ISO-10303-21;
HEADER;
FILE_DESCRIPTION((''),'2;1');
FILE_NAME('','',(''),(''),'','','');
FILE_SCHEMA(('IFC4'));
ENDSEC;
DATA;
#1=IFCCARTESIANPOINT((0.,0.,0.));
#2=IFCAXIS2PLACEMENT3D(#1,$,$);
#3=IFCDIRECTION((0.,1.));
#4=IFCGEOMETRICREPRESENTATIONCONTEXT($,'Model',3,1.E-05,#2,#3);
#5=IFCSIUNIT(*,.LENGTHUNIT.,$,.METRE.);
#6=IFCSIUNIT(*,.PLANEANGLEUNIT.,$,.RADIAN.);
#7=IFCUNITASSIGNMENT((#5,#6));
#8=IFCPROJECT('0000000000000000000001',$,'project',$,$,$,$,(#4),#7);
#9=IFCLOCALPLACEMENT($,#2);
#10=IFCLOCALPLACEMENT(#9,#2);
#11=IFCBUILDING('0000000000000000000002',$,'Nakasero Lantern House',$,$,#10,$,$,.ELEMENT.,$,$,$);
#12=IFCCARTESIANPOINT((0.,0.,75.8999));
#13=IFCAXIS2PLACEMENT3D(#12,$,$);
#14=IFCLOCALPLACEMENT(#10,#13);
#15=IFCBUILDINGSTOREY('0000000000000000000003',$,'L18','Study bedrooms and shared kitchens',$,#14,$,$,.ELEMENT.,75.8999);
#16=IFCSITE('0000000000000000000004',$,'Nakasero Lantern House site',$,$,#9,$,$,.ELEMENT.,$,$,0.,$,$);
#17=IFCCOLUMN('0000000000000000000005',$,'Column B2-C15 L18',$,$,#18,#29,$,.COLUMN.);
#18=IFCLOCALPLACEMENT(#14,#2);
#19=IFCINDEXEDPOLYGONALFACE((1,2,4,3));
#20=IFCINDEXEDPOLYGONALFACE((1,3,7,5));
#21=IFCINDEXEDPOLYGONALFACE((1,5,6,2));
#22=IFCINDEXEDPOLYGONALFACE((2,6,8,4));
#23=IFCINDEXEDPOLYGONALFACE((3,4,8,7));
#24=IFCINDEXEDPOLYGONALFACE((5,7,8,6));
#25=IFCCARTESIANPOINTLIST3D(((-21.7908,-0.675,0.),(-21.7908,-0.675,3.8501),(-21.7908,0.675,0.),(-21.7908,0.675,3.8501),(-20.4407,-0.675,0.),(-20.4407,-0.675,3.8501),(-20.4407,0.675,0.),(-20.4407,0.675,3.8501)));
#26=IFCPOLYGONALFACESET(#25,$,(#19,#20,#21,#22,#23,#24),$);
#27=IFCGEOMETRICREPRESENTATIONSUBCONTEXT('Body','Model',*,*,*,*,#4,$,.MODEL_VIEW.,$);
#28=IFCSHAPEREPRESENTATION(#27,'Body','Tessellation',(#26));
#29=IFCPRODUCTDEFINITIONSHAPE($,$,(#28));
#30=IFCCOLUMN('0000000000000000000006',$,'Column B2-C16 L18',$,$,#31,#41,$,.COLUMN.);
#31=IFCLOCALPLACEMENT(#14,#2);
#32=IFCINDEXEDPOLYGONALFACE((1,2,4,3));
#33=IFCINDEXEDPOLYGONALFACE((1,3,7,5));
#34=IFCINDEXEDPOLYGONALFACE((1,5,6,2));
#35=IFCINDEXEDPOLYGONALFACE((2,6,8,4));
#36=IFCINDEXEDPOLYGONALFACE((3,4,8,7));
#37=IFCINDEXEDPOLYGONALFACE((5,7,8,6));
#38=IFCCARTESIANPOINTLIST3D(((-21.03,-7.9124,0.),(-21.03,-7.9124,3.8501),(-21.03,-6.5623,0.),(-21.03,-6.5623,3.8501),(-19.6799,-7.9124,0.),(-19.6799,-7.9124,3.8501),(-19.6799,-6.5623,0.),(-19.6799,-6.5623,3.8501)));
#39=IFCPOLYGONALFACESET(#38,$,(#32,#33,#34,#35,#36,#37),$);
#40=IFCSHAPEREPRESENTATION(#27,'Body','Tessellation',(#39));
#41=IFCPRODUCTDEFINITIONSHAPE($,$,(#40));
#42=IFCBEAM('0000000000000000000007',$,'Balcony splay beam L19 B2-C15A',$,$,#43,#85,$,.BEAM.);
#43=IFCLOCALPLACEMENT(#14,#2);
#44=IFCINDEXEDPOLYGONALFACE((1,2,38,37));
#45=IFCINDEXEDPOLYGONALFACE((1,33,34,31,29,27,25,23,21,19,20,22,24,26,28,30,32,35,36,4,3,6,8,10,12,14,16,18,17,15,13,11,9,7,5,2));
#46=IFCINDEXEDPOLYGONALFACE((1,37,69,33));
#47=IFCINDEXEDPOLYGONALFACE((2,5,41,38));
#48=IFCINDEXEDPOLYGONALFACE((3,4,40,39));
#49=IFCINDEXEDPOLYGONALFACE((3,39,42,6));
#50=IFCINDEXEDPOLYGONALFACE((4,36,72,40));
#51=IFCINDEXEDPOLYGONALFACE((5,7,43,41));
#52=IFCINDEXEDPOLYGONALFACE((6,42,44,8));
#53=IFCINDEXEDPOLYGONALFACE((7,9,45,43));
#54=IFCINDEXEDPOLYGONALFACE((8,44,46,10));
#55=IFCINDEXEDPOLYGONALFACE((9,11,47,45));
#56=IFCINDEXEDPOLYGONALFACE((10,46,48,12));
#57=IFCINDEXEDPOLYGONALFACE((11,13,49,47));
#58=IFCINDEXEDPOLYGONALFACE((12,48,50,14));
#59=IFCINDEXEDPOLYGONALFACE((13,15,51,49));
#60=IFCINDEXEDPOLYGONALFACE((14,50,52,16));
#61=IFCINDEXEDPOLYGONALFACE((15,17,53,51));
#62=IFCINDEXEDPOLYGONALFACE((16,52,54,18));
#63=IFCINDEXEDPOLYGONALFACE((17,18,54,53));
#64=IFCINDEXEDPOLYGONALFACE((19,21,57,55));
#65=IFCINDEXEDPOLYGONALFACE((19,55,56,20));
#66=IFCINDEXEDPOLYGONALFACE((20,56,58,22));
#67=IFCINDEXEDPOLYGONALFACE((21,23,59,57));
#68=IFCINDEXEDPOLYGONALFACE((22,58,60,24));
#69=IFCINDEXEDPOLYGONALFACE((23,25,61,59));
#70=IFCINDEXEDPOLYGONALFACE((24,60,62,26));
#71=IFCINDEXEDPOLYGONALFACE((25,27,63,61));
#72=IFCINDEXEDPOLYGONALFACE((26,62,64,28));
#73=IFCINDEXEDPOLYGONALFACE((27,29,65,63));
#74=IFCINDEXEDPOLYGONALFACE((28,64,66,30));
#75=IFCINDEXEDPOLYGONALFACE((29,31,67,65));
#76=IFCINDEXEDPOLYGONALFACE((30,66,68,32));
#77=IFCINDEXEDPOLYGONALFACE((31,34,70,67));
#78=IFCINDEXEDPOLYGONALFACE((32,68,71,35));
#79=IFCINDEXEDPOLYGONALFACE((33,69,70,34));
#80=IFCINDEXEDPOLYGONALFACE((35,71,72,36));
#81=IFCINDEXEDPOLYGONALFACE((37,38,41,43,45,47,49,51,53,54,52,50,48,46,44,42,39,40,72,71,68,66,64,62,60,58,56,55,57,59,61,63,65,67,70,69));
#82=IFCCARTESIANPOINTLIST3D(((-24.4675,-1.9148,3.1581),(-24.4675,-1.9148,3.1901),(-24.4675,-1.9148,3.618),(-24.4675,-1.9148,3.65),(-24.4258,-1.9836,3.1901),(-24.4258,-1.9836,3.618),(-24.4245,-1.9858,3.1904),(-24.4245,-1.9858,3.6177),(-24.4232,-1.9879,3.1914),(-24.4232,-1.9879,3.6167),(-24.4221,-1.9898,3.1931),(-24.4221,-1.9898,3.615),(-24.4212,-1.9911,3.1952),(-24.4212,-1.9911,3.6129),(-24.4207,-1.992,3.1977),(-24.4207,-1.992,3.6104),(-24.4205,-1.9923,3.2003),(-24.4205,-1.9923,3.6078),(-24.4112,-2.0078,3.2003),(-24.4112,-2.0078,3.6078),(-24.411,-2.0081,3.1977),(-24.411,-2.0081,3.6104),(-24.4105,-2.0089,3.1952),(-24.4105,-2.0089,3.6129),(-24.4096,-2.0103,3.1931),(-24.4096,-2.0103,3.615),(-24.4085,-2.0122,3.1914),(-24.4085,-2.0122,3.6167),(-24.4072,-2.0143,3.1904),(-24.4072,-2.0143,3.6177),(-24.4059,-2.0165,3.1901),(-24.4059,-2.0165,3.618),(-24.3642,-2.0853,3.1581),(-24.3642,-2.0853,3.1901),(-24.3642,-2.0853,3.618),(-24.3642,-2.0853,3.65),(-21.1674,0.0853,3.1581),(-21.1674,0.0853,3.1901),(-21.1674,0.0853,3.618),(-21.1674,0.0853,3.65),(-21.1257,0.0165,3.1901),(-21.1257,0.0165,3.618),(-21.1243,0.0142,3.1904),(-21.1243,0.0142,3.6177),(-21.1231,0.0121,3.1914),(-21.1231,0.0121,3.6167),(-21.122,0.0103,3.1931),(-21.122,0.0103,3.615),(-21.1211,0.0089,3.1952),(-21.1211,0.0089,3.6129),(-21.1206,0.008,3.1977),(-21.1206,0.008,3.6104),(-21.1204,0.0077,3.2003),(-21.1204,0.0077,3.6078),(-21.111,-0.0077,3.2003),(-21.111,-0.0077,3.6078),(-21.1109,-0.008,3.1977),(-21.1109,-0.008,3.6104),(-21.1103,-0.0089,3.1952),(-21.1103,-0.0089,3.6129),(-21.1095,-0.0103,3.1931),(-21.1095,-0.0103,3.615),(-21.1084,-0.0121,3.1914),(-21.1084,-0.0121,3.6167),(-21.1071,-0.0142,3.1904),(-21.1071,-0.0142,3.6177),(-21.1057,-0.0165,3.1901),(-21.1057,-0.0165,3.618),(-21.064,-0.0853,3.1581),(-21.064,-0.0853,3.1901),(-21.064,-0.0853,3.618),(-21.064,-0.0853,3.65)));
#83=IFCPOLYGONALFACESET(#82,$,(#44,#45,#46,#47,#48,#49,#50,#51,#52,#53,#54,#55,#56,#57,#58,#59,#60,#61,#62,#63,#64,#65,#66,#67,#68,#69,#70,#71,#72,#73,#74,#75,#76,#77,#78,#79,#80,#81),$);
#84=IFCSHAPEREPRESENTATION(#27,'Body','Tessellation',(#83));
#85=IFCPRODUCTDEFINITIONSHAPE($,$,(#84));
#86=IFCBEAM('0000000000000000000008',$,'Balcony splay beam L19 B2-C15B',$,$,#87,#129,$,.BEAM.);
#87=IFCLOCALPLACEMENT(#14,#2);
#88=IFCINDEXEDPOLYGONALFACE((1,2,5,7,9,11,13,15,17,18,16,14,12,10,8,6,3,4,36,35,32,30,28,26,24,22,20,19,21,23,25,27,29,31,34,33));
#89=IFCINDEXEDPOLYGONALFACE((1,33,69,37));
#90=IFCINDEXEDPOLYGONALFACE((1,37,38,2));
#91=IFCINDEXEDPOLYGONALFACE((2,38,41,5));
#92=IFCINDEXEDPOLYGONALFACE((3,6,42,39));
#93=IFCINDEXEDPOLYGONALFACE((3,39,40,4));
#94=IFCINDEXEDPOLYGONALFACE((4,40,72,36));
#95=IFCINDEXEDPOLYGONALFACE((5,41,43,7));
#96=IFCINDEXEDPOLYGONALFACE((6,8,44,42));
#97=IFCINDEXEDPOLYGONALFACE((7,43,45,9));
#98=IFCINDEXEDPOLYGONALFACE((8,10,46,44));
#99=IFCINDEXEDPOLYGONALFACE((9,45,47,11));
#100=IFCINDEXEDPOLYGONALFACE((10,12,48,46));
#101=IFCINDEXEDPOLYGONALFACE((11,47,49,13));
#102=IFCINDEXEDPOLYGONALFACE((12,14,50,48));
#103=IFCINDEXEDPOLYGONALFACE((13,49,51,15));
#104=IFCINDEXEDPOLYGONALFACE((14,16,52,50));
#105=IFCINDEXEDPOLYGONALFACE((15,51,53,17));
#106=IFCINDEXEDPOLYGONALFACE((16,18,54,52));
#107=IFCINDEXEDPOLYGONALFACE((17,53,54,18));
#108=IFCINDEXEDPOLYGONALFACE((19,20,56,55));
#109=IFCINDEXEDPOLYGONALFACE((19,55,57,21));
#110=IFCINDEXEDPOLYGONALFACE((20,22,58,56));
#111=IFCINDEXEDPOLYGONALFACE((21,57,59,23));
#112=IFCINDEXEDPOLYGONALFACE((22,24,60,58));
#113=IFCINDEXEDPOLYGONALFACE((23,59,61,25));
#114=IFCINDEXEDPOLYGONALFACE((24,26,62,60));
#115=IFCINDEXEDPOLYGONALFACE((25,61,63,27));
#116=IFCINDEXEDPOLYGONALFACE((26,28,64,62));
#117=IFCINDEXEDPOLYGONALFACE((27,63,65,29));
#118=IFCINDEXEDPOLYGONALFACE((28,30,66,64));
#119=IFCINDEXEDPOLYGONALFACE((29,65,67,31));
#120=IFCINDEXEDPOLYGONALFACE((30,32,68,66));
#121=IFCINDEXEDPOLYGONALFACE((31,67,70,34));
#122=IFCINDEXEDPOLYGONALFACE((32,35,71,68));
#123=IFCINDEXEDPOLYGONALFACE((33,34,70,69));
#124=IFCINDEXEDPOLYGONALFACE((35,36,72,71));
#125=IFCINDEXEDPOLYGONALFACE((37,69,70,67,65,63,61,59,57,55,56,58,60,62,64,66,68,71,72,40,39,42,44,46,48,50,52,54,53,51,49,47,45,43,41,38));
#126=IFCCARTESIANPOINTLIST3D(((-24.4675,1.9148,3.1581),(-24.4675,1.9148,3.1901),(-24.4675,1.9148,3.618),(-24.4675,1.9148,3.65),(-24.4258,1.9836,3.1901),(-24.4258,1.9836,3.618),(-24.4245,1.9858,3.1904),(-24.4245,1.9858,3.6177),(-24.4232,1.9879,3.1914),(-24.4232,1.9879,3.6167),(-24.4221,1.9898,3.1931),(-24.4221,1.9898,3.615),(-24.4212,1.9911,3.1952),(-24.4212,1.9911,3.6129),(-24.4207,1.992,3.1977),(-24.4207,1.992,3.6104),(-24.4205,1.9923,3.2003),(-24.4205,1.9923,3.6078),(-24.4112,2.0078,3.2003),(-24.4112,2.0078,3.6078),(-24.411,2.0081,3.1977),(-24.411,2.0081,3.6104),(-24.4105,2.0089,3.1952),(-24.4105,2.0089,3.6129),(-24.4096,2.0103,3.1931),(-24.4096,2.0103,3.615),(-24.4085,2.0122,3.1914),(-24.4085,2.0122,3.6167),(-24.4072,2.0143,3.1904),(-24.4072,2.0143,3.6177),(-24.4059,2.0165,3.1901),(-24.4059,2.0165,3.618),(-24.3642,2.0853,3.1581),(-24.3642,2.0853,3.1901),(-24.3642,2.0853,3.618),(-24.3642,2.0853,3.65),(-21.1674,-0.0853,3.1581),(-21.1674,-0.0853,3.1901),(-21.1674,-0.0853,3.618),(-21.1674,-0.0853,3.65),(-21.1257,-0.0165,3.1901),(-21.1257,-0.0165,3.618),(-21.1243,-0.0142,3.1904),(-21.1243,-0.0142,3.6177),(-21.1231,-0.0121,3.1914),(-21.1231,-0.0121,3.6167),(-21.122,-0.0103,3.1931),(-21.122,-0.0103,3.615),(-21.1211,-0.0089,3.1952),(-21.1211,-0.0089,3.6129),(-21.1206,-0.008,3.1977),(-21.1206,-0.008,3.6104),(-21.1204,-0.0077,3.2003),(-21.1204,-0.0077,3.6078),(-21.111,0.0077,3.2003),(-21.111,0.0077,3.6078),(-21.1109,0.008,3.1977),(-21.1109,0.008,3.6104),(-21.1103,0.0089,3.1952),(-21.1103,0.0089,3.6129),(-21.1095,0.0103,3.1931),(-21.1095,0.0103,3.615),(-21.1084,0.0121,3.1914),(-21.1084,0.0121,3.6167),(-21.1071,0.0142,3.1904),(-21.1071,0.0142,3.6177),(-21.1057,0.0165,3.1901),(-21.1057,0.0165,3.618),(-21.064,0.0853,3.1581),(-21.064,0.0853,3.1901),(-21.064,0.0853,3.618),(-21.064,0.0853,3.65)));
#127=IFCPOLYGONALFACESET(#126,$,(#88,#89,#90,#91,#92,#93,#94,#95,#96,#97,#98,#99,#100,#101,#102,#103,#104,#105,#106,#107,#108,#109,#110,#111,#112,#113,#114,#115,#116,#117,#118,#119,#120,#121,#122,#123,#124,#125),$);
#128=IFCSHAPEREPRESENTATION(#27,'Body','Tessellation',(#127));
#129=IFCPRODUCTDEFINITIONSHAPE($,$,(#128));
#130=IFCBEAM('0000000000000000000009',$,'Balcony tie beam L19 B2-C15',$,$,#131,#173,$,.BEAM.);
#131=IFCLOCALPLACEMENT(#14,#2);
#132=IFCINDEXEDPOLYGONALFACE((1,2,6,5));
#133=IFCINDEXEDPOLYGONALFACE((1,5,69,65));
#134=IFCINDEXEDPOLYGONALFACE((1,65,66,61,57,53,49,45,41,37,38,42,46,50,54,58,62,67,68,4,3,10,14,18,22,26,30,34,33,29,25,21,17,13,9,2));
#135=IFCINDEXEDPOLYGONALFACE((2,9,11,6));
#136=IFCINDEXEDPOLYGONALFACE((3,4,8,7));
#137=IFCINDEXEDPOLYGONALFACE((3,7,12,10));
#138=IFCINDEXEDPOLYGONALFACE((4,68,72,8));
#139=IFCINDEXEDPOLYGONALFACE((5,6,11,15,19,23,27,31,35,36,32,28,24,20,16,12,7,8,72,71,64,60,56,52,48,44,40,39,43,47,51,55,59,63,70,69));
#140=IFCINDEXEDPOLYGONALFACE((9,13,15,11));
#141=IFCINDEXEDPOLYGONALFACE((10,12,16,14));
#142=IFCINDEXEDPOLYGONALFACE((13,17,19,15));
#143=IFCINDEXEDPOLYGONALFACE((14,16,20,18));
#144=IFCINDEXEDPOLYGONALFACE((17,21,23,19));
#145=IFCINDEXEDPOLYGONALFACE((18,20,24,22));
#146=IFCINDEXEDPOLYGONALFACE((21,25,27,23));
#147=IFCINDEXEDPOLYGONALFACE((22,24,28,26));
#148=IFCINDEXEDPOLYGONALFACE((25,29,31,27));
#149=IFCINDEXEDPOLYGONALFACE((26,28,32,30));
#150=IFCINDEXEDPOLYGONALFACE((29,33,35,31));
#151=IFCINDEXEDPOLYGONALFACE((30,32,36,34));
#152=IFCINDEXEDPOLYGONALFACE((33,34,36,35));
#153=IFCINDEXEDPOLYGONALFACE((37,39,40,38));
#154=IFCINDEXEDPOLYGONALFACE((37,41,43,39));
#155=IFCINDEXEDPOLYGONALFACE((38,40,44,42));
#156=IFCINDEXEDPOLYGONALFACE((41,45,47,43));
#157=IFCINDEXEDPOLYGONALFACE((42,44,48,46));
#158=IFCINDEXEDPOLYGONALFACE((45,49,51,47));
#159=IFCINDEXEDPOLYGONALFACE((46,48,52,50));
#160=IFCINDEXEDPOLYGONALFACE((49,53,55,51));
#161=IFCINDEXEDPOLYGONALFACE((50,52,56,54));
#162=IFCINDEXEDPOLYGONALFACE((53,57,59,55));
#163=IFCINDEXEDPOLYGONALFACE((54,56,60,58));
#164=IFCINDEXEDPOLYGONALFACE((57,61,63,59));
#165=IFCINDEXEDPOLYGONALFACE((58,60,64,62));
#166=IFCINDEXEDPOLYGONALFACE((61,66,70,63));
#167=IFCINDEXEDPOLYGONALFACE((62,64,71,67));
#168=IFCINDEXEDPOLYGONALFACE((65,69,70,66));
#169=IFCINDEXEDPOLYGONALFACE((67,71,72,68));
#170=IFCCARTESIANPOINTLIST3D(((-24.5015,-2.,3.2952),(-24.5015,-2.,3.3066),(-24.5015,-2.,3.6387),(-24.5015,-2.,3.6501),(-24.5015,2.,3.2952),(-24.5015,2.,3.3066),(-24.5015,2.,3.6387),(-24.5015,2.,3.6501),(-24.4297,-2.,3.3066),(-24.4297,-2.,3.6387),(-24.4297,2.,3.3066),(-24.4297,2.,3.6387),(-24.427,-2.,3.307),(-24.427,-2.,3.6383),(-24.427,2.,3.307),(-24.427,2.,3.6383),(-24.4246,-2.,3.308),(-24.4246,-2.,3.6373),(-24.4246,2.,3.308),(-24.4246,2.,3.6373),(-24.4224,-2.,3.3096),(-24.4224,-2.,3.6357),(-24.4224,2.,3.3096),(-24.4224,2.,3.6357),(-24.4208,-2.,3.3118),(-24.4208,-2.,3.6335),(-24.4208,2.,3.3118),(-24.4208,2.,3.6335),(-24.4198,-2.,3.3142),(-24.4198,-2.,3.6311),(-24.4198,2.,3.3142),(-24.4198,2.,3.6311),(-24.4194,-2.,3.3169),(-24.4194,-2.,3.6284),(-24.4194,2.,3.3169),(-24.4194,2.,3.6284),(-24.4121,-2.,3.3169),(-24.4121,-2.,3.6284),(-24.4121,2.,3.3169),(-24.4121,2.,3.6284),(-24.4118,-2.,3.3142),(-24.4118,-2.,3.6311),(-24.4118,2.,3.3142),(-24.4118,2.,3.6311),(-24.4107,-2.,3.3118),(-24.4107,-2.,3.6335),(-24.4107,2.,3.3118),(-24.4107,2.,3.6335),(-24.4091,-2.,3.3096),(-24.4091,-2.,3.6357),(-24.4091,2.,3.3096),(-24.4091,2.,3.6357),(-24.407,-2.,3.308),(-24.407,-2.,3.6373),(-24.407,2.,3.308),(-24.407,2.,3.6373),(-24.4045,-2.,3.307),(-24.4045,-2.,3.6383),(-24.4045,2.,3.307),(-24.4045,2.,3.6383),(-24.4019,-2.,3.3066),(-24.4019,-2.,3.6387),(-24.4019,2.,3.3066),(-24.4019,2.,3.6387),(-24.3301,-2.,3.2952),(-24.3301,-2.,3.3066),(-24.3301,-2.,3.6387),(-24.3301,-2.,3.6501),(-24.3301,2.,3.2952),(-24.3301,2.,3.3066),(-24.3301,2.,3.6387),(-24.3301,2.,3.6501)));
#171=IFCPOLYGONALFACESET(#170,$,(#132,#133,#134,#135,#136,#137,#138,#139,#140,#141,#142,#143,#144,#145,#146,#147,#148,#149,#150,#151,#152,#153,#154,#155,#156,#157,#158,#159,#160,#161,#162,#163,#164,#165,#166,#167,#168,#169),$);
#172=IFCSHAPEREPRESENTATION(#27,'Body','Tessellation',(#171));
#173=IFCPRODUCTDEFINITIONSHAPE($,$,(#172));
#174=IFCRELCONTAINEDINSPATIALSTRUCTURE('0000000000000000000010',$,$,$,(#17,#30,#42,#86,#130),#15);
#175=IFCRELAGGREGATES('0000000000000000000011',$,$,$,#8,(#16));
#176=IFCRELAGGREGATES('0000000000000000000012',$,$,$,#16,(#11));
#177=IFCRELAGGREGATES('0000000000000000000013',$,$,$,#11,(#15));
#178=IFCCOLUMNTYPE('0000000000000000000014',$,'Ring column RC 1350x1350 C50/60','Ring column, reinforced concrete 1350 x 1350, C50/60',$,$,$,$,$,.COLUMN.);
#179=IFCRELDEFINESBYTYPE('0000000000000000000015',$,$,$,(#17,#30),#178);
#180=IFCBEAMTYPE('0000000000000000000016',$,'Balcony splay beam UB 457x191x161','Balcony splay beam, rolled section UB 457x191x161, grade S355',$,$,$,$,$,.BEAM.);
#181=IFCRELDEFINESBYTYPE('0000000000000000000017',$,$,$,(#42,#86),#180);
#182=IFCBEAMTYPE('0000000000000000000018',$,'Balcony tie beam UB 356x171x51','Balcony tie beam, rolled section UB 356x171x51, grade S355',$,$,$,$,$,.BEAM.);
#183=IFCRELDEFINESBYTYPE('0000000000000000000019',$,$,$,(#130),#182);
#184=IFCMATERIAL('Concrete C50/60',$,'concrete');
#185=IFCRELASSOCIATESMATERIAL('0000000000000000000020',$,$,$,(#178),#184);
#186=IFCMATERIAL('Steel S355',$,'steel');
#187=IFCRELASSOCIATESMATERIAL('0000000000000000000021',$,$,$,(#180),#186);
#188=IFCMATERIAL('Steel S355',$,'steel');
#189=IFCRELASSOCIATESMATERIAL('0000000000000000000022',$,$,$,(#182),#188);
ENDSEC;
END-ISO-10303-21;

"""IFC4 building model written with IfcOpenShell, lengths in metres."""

from ifc_helpers import new_model, si_unit, direction, frame, origin, origin_2d, place, context, subcontext, project, spatial, rectangle, i_section, extrude, material, material_profile, profile_set, type_object, element, save


model = new_model("IFC4")

# Units and contexts
model_context = context("Model", 3, precision=1e-05, world=origin(), true_north=direction((0.0, 1.0)))
body_context = subcontext(model_context, "Body", "Model", "MODEL_VIEW")
ifc_project = project(units=[si_unit("LENGTHUNIT", "METRE"), si_unit("PLANEANGLEUNIT", "RADIAN")], contexts=[model_context])

# Site, building, storey
site_placement = place(None, origin())
site = spatial("IfcSite", under=ifc_project, at=site_placement, Name="Nakasero Lantern House site", CompositionType="ELEMENT", RefElevation=0.0)
building_placement = place(site_placement, origin())
building = spatial("IfcBuilding", under=site, at=building_placement, Name="Nakasero Lantern House", CompositionType="ELEMENT")
storey_placement = place(building_placement, frame((0.0, 0.0, 75.8999)))
storey = spatial("IfcBuildingStorey", under=building, at=storey_placement, Name="L18", Description="Study bedrooms and shared kitchens", CompositionType="ELEMENT", Elevation=75.8999)

# Columns
ifc_material_1 = material(Name="Concrete C50/60", Category="concrete")
ifc_material_profile_1 = material_profile(ifc_material_1, rectangle(XDim=1.3501, YDim=1.3501, at=origin_2d()), Name="RC 1350x1350")
ifc_profile_set_1 = profile_set([ifc_material_profile_1], Name="Concrete C50/60")
column_type = type_object("IfcColumnType", Name="Ring column RC 1350x1350 C50/60", Description="Ring column, reinforced concrete 1350 x 1350, C50/60", PredefinedType="COLUMN", material=ifc_profile_set_1)
for number, where, z_axis, x_axis, name in (
    (1, (-21.1157, 0.0, 0.0), (0.0, 0.0, 1.0), (1.0, 0.0, 0.0), "Column B2-C15 L18"),
    (2, (-20.355, -7.2373, 0.0), (0.0, 0.0, 1.0), (1.0, 0.0, 0.0), "Column B2-C16 L18"),
):
    element("IfcColumn", number, at=place(storey_placement, frame(where, z_axis=z_axis, x_axis=x_axis)), inside=storey, type_object=column_type, Name=name, PredefinedType="COLUMN", context=body_context, shape_type="SweptSolid", body=[
        extrude(rectangle(XDim=1.3501, YDim=1.3501, at=origin_2d()), origin(), (0.0, 0.0, 1.0), 3.8501),
    ])

# Beams
ifc_material_2 = material(Name="Steel S355", Category="steel")
ifc_material_profile_2 = material_profile(ifc_material_2, i_section(OverallWidth=0.1995, OverallDepth=0.4919, WebThickness=0.0181, FlangeThickness=0.032, FilletRadius=0.0103, at=origin_2d()), Name="UB 457x191x161")
ifc_profile_set_2 = profile_set([ifc_material_profile_2], Name="Steel S355")
beam_type_1 = type_object("IfcBeamType", Name="Balcony splay beam UB 457x191x161", Description="Balcony splay beam, rolled section UB 457x191x161, grade S355", PredefinedType="BEAM", material=ifc_profile_set_2)
for number, where, z_axis, x_axis, name in (
    (3, (-21.1157, 0.0, 3.4041), (-0.855201, -0.518296, 0.0), (0.518296, -0.855201, 0.0), "Balcony splay beam L19 B2-C15A"),
    (4, (-21.1157, 0.0, 3.4041), (-0.855201, 0.518296, 0.0), (-0.518296, -0.855201, 0.0), "Balcony splay beam L19 B2-C15B"),
):
    element("IfcBeam", number, at=place(storey_placement, frame(where, z_axis=z_axis, x_axis=x_axis)), inside=storey, type_object=beam_type_1, Name=name, PredefinedType="BEAM", context=body_context, shape_type="SweptSolid", body=[
        extrude(i_section(OverallWidth=0.1995, OverallDepth=0.4919, WebThickness=0.0181, FlangeThickness=0.032, FilletRadius=0.0103, at=origin_2d()), origin(), (0.0, 0.0, 1.0), 3.8589),
    ])
ifc_material_3 = material(Name="Steel S355", Category="steel")
ifc_material_profile_3 = material_profile(ifc_material_3, i_section(OverallWidth=0.1714, OverallDepth=0.355, WebThickness=0.0073, FlangeThickness=0.0115, FilletRadius=0.0103, at=origin_2d()), Name="UB 356x171x51")
ifc_profile_set_3 = profile_set([ifc_material_profile_3], Name="Steel S355")
beam_type_2 = type_object("IfcBeamType", Name="Balcony tie beam UB 356x171x51", Description="Balcony tie beam, rolled section UB 356x171x51, grade S355", PredefinedType="BEAM", material=ifc_profile_set_3)
beam_1_placement = place(storey_placement, frame((-24.4158, -2.0, 3.4727), z_axis=(0.0, 1.0, 0.0), x_axis=(-1.0, 0.0, 0.0)))
element("IfcBeam", 5, at=beam_1_placement, inside=storey, type_object=beam_type_2, Name="Balcony tie beam L19 B2-C15", PredefinedType="BEAM", context=body_context, shape_type="SweptSolid", body=[
    extrude(i_section(OverallWidth=0.1714, OverallDepth=0.355, WebThickness=0.0073, FlangeThickness=0.0115, FilletRadius=0.0103, at=origin_2d()), origin(), (0.0, 0.0, 1.0), 4.0),
])

save(model, "model.ifc")
